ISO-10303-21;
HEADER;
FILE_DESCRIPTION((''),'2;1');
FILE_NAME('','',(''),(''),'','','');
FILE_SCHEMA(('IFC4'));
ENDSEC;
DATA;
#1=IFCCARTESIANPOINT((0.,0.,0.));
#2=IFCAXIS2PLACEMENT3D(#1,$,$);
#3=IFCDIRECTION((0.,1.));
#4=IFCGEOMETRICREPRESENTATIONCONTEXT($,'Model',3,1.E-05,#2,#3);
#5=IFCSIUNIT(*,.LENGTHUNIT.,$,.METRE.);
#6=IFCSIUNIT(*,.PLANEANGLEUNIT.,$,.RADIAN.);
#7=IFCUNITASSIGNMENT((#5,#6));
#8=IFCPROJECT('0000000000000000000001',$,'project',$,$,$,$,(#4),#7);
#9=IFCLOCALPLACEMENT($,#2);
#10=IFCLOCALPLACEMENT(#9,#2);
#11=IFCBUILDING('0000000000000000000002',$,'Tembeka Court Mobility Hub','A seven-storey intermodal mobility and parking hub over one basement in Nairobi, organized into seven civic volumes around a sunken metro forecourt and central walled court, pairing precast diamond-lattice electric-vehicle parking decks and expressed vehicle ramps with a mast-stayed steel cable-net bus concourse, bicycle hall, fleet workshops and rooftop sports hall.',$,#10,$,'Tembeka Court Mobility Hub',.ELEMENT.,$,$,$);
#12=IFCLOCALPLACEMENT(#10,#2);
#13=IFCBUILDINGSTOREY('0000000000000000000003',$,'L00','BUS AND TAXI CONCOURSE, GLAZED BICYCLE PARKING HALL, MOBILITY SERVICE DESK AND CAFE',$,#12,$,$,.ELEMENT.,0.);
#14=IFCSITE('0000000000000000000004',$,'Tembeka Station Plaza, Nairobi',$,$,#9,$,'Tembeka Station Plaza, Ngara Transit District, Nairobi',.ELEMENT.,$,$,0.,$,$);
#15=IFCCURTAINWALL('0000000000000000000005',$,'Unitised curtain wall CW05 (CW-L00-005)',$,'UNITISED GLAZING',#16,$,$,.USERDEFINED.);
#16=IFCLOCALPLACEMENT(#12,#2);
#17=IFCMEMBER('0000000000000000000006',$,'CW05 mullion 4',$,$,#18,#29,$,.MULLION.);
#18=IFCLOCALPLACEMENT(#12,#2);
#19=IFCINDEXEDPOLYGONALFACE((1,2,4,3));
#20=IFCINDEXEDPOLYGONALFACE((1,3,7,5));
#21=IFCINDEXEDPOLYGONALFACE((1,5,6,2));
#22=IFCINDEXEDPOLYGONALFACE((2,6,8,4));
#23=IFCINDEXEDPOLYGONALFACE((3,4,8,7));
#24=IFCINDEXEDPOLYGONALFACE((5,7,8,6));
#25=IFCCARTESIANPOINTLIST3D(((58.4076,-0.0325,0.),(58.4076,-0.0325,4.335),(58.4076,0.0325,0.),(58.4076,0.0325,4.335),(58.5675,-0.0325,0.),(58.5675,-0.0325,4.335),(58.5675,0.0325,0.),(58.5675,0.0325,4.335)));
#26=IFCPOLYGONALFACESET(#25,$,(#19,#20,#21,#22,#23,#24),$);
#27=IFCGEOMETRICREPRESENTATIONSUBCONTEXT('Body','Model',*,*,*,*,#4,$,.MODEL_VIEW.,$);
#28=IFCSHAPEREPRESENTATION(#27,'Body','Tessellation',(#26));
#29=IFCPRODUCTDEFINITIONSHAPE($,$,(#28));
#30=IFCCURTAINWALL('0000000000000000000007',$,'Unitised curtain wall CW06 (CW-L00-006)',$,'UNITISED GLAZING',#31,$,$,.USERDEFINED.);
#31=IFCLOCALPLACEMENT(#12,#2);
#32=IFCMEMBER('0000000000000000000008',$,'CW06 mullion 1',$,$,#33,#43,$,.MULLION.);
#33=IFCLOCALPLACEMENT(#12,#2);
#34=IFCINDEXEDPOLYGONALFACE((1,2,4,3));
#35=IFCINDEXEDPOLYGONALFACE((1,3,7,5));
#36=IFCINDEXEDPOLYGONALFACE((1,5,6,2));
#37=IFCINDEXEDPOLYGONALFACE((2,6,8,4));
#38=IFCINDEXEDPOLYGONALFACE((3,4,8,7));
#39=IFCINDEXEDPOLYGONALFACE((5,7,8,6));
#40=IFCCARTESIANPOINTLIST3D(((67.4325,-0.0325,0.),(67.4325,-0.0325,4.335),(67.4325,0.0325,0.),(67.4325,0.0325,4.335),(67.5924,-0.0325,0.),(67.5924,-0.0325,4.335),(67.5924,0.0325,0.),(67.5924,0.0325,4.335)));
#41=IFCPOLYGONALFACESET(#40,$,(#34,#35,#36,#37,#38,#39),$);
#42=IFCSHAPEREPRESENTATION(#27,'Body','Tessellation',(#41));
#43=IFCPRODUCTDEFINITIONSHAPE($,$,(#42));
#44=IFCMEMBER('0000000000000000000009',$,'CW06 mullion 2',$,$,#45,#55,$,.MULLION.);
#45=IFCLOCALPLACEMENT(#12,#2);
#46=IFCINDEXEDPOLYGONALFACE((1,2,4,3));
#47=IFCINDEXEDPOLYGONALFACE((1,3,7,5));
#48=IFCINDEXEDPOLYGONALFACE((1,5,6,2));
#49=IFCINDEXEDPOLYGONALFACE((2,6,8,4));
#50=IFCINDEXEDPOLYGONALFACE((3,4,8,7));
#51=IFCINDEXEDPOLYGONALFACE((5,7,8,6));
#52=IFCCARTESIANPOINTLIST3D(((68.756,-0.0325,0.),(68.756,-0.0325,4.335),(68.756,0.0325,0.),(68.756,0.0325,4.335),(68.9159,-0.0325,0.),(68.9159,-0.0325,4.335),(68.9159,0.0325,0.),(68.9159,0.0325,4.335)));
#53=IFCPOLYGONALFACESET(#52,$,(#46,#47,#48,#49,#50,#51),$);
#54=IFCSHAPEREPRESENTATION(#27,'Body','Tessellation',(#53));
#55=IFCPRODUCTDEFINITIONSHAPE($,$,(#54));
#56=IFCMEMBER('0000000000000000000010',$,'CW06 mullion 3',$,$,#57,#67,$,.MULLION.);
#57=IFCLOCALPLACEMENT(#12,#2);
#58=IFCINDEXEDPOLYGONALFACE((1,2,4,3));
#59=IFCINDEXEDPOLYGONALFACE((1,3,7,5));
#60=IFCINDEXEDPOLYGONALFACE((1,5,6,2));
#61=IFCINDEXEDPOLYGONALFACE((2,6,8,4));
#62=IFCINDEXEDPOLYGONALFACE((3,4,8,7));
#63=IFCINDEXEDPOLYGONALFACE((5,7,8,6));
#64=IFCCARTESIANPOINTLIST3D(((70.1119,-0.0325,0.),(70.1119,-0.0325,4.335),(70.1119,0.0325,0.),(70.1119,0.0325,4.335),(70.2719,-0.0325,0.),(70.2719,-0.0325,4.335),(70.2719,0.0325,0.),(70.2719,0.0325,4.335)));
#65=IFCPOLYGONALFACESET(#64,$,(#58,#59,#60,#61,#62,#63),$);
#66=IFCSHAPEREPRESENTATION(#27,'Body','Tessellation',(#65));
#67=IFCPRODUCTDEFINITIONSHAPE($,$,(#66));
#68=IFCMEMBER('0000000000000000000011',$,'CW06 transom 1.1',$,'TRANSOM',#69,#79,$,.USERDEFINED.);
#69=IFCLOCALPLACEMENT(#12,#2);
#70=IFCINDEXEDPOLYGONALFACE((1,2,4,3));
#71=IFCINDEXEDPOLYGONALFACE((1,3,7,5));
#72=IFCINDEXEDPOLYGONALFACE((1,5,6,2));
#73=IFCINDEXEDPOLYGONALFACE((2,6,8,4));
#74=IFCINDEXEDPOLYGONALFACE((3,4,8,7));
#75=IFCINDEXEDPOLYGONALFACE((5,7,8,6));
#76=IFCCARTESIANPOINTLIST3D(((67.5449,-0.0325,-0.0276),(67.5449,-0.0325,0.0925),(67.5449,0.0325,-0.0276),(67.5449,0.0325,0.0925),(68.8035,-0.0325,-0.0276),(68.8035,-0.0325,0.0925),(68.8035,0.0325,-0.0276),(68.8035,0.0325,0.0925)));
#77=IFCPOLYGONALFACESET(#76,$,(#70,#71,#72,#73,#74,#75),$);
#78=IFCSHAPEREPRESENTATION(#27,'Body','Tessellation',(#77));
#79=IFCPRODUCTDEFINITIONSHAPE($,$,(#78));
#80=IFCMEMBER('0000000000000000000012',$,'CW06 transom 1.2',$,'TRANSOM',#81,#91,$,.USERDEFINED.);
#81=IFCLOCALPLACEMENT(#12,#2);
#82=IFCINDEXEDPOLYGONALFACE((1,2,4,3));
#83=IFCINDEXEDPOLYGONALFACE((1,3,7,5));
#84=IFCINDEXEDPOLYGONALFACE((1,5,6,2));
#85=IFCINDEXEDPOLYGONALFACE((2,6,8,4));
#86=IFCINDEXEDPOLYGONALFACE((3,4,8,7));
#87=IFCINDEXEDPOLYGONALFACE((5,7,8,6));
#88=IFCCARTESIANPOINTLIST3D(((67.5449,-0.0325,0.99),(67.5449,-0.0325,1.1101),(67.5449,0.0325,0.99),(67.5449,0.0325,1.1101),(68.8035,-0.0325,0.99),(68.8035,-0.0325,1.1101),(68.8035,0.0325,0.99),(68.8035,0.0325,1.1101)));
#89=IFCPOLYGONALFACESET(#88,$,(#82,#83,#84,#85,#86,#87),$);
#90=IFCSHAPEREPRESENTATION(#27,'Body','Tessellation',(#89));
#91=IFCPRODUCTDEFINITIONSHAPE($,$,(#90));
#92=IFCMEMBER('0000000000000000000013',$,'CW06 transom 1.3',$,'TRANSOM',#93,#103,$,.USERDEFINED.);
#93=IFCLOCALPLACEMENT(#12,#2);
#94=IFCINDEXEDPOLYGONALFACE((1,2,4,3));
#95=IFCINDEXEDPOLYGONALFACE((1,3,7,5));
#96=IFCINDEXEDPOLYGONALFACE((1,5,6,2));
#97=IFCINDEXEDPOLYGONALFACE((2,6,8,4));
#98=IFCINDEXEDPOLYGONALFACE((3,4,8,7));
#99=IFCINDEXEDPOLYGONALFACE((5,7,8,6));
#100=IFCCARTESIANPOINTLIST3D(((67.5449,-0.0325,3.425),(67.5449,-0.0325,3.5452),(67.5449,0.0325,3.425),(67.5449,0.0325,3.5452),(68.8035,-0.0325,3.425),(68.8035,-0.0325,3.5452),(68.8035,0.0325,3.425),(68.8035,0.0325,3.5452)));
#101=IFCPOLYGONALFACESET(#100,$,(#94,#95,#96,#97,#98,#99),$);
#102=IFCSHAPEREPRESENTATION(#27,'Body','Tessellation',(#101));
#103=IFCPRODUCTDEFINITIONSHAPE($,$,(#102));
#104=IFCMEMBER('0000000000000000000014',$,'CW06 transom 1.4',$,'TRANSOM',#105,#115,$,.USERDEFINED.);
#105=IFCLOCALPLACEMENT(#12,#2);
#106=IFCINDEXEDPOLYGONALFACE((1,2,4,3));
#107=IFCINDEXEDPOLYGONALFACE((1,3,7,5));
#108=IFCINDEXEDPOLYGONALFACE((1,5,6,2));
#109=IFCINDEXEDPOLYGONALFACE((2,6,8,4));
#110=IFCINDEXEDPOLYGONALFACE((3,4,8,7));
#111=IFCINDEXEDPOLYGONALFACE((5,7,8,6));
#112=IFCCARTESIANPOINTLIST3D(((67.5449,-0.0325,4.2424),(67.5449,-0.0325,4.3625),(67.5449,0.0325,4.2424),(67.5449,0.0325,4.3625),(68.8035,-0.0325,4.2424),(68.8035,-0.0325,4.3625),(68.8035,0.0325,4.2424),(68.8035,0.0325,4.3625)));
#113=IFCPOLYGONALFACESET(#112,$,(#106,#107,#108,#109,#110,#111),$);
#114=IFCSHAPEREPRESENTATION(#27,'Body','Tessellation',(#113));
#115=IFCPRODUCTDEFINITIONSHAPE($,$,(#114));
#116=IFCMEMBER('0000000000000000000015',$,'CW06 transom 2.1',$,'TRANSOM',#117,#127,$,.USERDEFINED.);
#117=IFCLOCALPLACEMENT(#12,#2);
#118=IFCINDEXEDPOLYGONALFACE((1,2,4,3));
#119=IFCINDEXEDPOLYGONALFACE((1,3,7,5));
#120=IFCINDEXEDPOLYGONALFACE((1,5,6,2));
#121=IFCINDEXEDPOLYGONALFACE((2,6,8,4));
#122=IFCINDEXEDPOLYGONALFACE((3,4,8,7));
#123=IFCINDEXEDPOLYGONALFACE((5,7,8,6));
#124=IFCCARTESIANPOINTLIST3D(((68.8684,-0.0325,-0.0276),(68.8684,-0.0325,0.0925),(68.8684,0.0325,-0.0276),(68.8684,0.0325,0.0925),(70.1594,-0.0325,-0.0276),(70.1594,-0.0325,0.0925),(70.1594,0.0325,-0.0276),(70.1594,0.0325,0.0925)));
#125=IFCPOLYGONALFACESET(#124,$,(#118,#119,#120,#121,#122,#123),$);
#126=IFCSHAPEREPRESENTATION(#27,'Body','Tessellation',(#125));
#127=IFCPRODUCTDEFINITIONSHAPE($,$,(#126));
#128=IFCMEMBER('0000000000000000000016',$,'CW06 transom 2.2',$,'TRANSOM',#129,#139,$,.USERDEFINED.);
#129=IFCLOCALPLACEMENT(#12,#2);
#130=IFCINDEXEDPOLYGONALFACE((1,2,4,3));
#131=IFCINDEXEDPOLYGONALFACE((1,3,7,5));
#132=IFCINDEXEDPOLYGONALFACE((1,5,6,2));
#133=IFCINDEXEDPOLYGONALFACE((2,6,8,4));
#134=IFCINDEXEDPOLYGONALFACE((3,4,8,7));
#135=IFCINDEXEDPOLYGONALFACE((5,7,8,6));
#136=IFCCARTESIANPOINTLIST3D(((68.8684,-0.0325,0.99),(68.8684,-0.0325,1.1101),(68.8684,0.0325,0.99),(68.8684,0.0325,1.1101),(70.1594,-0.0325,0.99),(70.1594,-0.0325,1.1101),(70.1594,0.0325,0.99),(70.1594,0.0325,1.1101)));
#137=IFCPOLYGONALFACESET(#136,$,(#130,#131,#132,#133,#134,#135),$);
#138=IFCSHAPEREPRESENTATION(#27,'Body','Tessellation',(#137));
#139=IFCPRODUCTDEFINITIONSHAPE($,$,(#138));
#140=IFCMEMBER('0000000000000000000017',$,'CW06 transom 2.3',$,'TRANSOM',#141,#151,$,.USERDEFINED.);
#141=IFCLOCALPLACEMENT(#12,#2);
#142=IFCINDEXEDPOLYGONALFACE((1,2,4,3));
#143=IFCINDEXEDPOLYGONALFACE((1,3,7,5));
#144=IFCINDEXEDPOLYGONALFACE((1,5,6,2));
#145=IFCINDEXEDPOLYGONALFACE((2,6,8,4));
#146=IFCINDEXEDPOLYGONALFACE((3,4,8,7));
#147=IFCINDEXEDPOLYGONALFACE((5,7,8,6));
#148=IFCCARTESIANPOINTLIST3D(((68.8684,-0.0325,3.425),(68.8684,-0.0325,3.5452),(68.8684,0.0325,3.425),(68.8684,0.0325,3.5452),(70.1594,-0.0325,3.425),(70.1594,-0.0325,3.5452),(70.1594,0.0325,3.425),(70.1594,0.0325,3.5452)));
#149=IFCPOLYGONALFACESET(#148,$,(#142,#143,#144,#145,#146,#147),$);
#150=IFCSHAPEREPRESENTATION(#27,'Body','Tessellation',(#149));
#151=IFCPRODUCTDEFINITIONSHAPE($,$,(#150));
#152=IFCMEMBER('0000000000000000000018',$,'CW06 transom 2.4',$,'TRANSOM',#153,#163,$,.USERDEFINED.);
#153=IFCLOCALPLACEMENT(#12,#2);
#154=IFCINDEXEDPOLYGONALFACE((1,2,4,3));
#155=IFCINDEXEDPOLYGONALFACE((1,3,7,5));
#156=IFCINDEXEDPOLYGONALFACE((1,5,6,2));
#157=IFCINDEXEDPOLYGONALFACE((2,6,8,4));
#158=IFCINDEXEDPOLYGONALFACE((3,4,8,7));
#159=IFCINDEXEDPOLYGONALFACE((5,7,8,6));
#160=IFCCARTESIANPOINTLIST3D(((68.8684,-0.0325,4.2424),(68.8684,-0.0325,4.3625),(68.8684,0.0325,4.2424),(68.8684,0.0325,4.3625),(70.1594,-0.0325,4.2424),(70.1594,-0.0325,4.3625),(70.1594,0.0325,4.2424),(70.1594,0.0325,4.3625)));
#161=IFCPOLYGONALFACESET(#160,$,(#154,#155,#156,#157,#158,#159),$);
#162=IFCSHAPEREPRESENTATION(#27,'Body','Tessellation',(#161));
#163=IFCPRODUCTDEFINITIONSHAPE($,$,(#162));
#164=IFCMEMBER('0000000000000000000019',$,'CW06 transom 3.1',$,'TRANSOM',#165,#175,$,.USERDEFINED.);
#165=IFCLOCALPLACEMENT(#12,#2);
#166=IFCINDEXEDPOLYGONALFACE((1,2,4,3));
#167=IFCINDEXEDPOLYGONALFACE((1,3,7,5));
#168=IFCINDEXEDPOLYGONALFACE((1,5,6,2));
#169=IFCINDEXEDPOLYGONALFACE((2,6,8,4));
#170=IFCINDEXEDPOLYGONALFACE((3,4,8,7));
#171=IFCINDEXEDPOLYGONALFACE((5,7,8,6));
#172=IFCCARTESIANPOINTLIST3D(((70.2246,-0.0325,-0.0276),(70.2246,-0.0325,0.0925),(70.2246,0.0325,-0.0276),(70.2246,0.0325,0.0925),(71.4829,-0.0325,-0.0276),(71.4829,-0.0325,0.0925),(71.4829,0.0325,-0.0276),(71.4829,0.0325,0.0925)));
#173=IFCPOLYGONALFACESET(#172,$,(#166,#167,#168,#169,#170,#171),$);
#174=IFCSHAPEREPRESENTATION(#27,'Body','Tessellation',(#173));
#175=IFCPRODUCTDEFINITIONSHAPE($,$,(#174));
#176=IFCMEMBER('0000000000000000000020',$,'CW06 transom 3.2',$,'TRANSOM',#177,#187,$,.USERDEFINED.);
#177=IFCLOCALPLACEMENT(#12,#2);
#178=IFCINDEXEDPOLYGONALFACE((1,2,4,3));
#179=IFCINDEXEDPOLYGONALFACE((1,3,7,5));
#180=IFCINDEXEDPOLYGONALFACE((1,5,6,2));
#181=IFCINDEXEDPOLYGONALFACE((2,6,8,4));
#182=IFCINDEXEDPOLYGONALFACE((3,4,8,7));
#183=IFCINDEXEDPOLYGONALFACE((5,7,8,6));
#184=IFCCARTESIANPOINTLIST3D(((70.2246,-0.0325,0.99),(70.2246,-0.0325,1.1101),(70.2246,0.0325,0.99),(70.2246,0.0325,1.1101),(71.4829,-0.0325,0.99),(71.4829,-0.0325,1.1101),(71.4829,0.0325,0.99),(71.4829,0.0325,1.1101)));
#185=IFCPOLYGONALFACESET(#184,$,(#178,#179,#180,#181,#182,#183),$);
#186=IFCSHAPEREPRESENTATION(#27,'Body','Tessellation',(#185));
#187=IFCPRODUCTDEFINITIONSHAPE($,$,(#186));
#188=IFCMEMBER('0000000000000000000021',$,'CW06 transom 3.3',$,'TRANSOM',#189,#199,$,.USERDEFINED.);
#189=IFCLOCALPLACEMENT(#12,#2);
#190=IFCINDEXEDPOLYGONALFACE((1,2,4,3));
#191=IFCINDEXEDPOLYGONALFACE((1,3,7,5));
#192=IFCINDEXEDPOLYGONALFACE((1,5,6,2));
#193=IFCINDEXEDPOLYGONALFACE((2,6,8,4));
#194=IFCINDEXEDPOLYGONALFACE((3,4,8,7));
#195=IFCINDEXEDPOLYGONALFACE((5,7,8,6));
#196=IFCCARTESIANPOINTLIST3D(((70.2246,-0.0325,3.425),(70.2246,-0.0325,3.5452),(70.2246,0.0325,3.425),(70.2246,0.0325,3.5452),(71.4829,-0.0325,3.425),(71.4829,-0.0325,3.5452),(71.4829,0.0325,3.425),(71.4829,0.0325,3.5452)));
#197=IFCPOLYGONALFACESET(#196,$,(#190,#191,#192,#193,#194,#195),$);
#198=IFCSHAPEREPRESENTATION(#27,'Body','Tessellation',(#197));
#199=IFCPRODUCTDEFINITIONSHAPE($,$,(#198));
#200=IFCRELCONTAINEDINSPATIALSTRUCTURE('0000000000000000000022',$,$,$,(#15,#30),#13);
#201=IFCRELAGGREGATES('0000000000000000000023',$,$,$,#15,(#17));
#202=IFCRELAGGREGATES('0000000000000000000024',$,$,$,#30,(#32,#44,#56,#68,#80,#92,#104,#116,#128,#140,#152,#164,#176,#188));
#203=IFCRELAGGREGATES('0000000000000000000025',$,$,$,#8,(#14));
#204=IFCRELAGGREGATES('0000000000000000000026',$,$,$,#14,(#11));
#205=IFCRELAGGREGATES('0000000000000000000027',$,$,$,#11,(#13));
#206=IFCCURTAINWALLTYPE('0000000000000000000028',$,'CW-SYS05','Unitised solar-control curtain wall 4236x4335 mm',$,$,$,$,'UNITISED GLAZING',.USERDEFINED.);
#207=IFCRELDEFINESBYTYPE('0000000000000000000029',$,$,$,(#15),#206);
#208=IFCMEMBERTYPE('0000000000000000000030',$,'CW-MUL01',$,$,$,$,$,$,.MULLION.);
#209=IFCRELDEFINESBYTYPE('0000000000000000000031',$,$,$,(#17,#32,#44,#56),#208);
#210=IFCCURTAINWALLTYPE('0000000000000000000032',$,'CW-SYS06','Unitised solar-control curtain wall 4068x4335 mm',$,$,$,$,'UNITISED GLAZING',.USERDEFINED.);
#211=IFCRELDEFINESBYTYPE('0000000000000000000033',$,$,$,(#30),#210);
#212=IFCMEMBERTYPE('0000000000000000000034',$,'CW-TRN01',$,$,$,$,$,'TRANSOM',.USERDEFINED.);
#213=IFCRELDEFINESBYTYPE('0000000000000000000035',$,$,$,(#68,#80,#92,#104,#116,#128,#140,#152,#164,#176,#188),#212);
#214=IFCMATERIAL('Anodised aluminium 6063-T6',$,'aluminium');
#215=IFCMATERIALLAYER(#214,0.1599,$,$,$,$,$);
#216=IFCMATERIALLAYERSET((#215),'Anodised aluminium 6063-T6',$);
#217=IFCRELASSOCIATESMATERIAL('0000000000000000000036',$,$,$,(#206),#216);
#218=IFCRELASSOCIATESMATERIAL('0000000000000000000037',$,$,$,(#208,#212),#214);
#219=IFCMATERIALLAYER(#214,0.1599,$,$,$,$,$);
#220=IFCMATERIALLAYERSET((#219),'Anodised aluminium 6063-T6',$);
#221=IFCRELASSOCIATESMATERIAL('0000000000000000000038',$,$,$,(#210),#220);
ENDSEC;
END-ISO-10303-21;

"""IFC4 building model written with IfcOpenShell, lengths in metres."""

from ifc_helpers import new_model, si_unit, direction, frame, origin, origin_2d, place, context, subcontext, project, spatial, rectangle, extrude, material, layer, layer_set, material_profile, profile_set, type_object, element, aggregate, save


model = new_model("IFC4")

# Units and contexts
model_context = context("Model", 3, precision=1e-05, world=origin(), true_north=direction((0.0, 1.0)))
body_context = subcontext(model_context, "Body", "Model", "MODEL_VIEW")
ifc_project = project(units=[si_unit("LENGTHUNIT", "METRE"), si_unit("PLANEANGLEUNIT", "RADIAN")], contexts=[model_context])

# Site, building, storey
site_placement = place(None, origin())
site = spatial("IfcSite", under=ifc_project, at=site_placement, Name="Tembeka Station Plaza, Nairobi", LongName="Tembeka Station Plaza, Ngara Transit District, Nairobi", CompositionType="ELEMENT", RefElevation=0.0)
building_placement = place(site_placement, origin())
building = spatial("IfcBuilding", under=site, at=building_placement, Name="Tembeka Court Mobility Hub", Description="A seven-storey intermodal mobility and parking hub over one basement in Nairobi, organized into seven civic volumes around a sunken metro forecourt and central walled court, pairing precast diamond-lattice electric-vehicle parking decks and expressed vehicle ramps with a mast-stayed steel cable-net bus concourse, bicycle hall, fleet workshops and rooftop sports hall.", LongName="Tembeka Court Mobility Hub", CompositionType="ELEMENT")
storey_placement = place(building_placement, origin())
storey = spatial("IfcBuildingStorey", under=building, at=storey_placement, Name="L00", Description="BUS AND TAXI CONCOURSE, GLAZED BICYCLE PARKING HALL, MOBILITY SERVICE DESK AND CAFE", CompositionType="ELEMENT", Elevation=0.0)

# Curtain wall, member
ifc_material_1 = material(Name="Anodised aluminium 6063-T6", Category="aluminium")
ifc_layer_1 = layer(ifc_material_1, 0.1599)
ifc_layer_set_1 = layer_set([ifc_layer_1], Name="Anodised aluminium 6063-T6")
curtain_wall_type_1 = type_object("IfcCurtainWallType", Name="CW-SYS05", Description="Unitised solar-control curtain wall 4236x4335 mm", ElementType="UNITISED GLAZING", PredefinedType="USERDEFINED", material=ifc_layer_set_1)
curtain_wall_1_placement = place(storey_placement, origin())
curtain_wall_1 = element("IfcCurtainWall", 1, at=curtain_wall_1_placement, inside=storey, type_object=curtain_wall_type_1, Name="Unitised curtain wall CW05 (CW-L00-005)", ObjectType="UNITISED GLAZING", PredefinedType="USERDEFINED")
ifc_material_profile_1 = material_profile(ifc_material_1, rectangle(XDim=0.0649, YDim=0.1599, at=origin_2d()), Name="ALU-MUL 65x160")
ifc_profile_set_1 = profile_set([ifc_material_profile_1], Name="Anodised aluminium 6063-T6")
member_type_1 = type_object("IfcMemberType", Name="CW-MUL01", PredefinedType="MULLION", material=ifc_profile_set_1)
member_1_placement = place(storey_placement, frame((58.4875, 0.0, 0.0), z_axis=(0.0, 0.0, 1.0), x_axis=(0.0, 1.0, 0.0)))
member_1 = element("IfcMember", 2, at=member_1_placement, type_object=member_type_1, Name="CW05 mullion 4", PredefinedType="MULLION", context=body_context, shape_type="SweptSolid", body=[
    extrude(rectangle(XDim=0.0649, YDim=0.1599, at=origin_2d()), origin(), (0.0, 0.0, 1.0), 4.335),
])

# Curtain wall, members
ifc_layer_2 = layer(ifc_material_1, 0.1599)
ifc_layer_set_2 = layer_set([ifc_layer_2], Name="Anodised aluminium 6063-T6")
curtain_wall_type_2 = type_object("IfcCurtainWallType", Name="CW-SYS06", Description="Unitised solar-control curtain wall 4068x4335 mm", ElementType="UNITISED GLAZING", PredefinedType="USERDEFINED", material=ifc_layer_set_2)
curtain_wall_2_placement = place(storey_placement, origin())
curtain_wall_2 = element("IfcCurtainWall", 3, at=curtain_wall_2_placement, inside=storey, type_object=curtain_wall_type_2, Name="Unitised curtain wall CW06 (CW-L00-006)", ObjectType="UNITISED GLAZING", PredefinedType="USERDEFINED")
member_2_placement = place(storey_placement, frame((67.5125, 0.0, 0.0), z_axis=(0.0, 0.0, 1.0), x_axis=(0.0, 1.0, 0.0)))
member_2 = element("IfcMember", 4, at=member_2_placement, type_object=member_type_1, Name="CW06 mullion 1", PredefinedType="MULLION", context=body_context, shape_type="SweptSolid", body=[
    extrude(rectangle(XDim=0.0649, YDim=0.1599, at=origin_2d()), origin(), (0.0, 0.0, 1.0), 4.335),
])
member_3_placement = place(storey_placement, frame((68.8359, 0.0, 0.0), z_axis=(0.0, 0.0, 1.0), x_axis=(0.0, 1.0, 0.0)))
member_3 = element("IfcMember", 5, at=member_3_placement, type_object=member_type_1, Name="CW06 mullion 2", PredefinedType="MULLION", context=body_context, shape_type="SweptSolid", body=[
    extrude(rectangle(XDim=0.0649, YDim=0.1599, at=origin_2d()), origin(), (0.0, 0.0, 1.0), 4.335),
])
member_4_placement = place(storey_placement, frame((70.1919, 0.0, 0.0), z_axis=(0.0, 0.0, 1.0), x_axis=(0.0, 1.0, 0.0)))
member_4 = element("IfcMember", 6, at=member_4_placement, type_object=member_type_1, Name="CW06 mullion 3", PredefinedType="MULLION", context=body_context, shape_type="SweptSolid", body=[
    extrude(rectangle(XDim=0.0649, YDim=0.1599, at=origin_2d()), origin(), (0.0, 0.0, 1.0), 4.335),
])
ifc_material_profile_2 = material_profile(ifc_material_1, rectangle(XDim=0.0649, YDim=0.1201, at=origin_2d()), Name="ALU-TRN 65x120")
ifc_profile_set_2 = profile_set([ifc_material_profile_2], Name="Anodised aluminium 6063-T6")
member_type_2 = type_object("IfcMemberType", Name="CW-TRN01", ElementType="TRANSOM", PredefinedType="USERDEFINED", material=ifc_profile_set_2)
member_5_placement = place(storey_placement, frame((67.5449, 0.0, 0.0325), z_axis=(1.0, 0.0, 0.0), x_axis=(0.0, 1.0, 0.0)))
member_5 = element("IfcMember", 7, at=member_5_placement, type_object=member_type_2, Name="CW06 transom 1.1", ObjectType="TRANSOM", PredefinedType="USERDEFINED", context=body_context, shape_type="SweptSolid", body=[
    extrude(rectangle(XDim=0.0649, YDim=0.1201, at=origin_2d()), origin(), (0.0, 0.0, 1.0), 1.2585),
])
member_6_placement = place(storey_placement, frame((67.5449, 0.0, 1.05), z_axis=(1.0, 0.0, 0.0), x_axis=(0.0, 1.0, 0.0)))
member_6 = element("IfcMember", 8, at=member_6_placement, type_object=member_type_2, Name="CW06 transom 1.2", ObjectType="TRANSOM", PredefinedType="USERDEFINED", context=body_context, shape_type="SweptSolid", body=[
    extrude(rectangle(XDim=0.0649, YDim=0.1201, at=origin_2d()), origin(), (0.0, 0.0, 1.0), 1.2585),
])
member_7_placement = place(storey_placement, frame((67.5449, 0.0, 3.4851), z_axis=(1.0, 0.0, 0.0), x_axis=(0.0, 1.0, 0.0)))
member_7 = element("IfcMember", 9, at=member_7_placement, type_object=member_type_2, Name="CW06 transom 1.3", ObjectType="TRANSOM", PredefinedType="USERDEFINED", context=body_context, shape_type="SweptSolid", body=[
    extrude(rectangle(XDim=0.0649, YDim=0.1201, at=origin_2d()), origin(), (0.0, 0.0, 1.0), 1.2585),
])
member_8_placement = place(storey_placement, frame((67.5449, 0.0, 4.3025), z_axis=(1.0, 0.0, 0.0), x_axis=(0.0, 1.0, 0.0)))
member_8 = element("IfcMember", 10, at=member_8_placement, type_object=member_type_2, Name="CW06 transom 1.4", ObjectType="TRANSOM", PredefinedType="USERDEFINED", context=body_context, shape_type="SweptSolid", body=[
    extrude(rectangle(XDim=0.0649, YDim=0.1201, at=origin_2d()), origin(), (0.0, 0.0, 1.0), 1.2585),
])
member_9_placement = place(storey_placement, frame((68.8684, 0.0, 0.0325), z_axis=(1.0, 0.0, 0.0), x_axis=(0.0, 1.0, 0.0)))
member_9 = element("IfcMember", 11, at=member_9_placement, type_object=member_type_2, Name="CW06 transom 2.1", ObjectType="TRANSOM", PredefinedType="USERDEFINED", context=body_context, shape_type="SweptSolid", body=[
    extrude(rectangle(XDim=0.0649, YDim=0.1201, at=origin_2d()), origin(), (0.0, 0.0, 1.0), 1.291),
])
member_10_placement = place(storey_placement, frame((68.8684, 0.0, 1.05), z_axis=(1.0, 0.0, 0.0), x_axis=(0.0, 1.0, 0.0)))
member_10 = element("IfcMember", 12, at=member_10_placement, type_object=member_type_2, Name="CW06 transom 2.2", ObjectType="TRANSOM", PredefinedType="USERDEFINED", context=body_context, shape_type="SweptSolid", body=[
    extrude(rectangle(XDim=0.0649, YDim=0.1201, at=origin_2d()), origin(), (0.0, 0.0, 1.0), 1.291),
])
member_11_placement = place(storey_placement, frame((68.8684, 0.0, 3.4851), z_axis=(1.0, 0.0, 0.0), x_axis=(0.0, 1.0, 0.0)))
member_11 = element("IfcMember", 13, at=member_11_placement, type_object=member_type_2, Name="CW06 transom 2.3", ObjectType="TRANSOM", PredefinedType="USERDEFINED", context=body_context, shape_type="SweptSolid", body=[
    extrude(rectangle(XDim=0.0649, YDim=0.1201, at=origin_2d()), origin(), (0.0, 0.0, 1.0), 1.291),
])
member_12_placement = place(storey_placement, frame((68.8684, 0.0, 4.3025), z_axis=(1.0, 0.0, 0.0), x_axis=(0.0, 1.0, 0.0)))
member_12 = element("IfcMember", 14, at=member_12_placement, type_object=member_type_2, Name="CW06 transom 2.4", ObjectType="TRANSOM", PredefinedType="USERDEFINED", context=body_context, shape_type="SweptSolid", body=[
    extrude(rectangle(XDim=0.0649, YDim=0.1201, at=origin_2d()), origin(), (0.0, 0.0, 1.0), 1.291),
])
member_13_placement = place(storey_placement, frame((70.2246, 0.0, 0.0325), z_axis=(1.0, 0.0, 0.0), x_axis=(0.0, 1.0, 0.0)))
member_13 = element("IfcMember", 15, at=member_13_placement, type_object=member_type_2, Name="CW06 transom 3.1", ObjectType="TRANSOM", PredefinedType="USERDEFINED", context=body_context, shape_type="SweptSolid", body=[
    extrude(rectangle(XDim=0.0649, YDim=0.1201, at=origin_2d()), origin(), (0.0, 0.0, 1.0), 1.2583),
])
member_14_placement = place(storey_placement, frame((70.2246, 0.0, 1.05), z_axis=(1.0, 0.0, 0.0), x_axis=(0.0, 1.0, 0.0)))
member_14 = element("IfcMember", 16, at=member_14_placement, type_object=member_type_2, Name="CW06 transom 3.2", ObjectType="TRANSOM", PredefinedType="USERDEFINED", context=body_context, shape_type="SweptSolid", body=[
    extrude(rectangle(XDim=0.0649, YDim=0.1201, at=origin_2d()), origin(), (0.0, 0.0, 1.0), 1.2583),
])
member_15_placement = place(storey_placement, frame((70.2246, 0.0, 3.4851), z_axis=(1.0, 0.0, 0.0), x_axis=(0.0, 1.0, 0.0)))
member_15 = element("IfcMember", 17, at=member_15_placement, type_object=member_type_2, Name="CW06 transom 3.3", ObjectType="TRANSOM", PredefinedType="USERDEFINED", context=body_context, shape_type="SweptSolid", body=[
    extrude(rectangle(XDim=0.0649, YDim=0.1201, at=origin_2d()), origin(), (0.0, 0.0, 1.0), 1.2583),
])

aggregate(curtain_wall_1, [member_1])
aggregate(curtain_wall_2, [member_2, member_3, member_4, member_5, member_6, member_7, member_8, member_9, member_10, member_11, member_12, member_13, member_14, member_15])

save(model, "model.ifc")
